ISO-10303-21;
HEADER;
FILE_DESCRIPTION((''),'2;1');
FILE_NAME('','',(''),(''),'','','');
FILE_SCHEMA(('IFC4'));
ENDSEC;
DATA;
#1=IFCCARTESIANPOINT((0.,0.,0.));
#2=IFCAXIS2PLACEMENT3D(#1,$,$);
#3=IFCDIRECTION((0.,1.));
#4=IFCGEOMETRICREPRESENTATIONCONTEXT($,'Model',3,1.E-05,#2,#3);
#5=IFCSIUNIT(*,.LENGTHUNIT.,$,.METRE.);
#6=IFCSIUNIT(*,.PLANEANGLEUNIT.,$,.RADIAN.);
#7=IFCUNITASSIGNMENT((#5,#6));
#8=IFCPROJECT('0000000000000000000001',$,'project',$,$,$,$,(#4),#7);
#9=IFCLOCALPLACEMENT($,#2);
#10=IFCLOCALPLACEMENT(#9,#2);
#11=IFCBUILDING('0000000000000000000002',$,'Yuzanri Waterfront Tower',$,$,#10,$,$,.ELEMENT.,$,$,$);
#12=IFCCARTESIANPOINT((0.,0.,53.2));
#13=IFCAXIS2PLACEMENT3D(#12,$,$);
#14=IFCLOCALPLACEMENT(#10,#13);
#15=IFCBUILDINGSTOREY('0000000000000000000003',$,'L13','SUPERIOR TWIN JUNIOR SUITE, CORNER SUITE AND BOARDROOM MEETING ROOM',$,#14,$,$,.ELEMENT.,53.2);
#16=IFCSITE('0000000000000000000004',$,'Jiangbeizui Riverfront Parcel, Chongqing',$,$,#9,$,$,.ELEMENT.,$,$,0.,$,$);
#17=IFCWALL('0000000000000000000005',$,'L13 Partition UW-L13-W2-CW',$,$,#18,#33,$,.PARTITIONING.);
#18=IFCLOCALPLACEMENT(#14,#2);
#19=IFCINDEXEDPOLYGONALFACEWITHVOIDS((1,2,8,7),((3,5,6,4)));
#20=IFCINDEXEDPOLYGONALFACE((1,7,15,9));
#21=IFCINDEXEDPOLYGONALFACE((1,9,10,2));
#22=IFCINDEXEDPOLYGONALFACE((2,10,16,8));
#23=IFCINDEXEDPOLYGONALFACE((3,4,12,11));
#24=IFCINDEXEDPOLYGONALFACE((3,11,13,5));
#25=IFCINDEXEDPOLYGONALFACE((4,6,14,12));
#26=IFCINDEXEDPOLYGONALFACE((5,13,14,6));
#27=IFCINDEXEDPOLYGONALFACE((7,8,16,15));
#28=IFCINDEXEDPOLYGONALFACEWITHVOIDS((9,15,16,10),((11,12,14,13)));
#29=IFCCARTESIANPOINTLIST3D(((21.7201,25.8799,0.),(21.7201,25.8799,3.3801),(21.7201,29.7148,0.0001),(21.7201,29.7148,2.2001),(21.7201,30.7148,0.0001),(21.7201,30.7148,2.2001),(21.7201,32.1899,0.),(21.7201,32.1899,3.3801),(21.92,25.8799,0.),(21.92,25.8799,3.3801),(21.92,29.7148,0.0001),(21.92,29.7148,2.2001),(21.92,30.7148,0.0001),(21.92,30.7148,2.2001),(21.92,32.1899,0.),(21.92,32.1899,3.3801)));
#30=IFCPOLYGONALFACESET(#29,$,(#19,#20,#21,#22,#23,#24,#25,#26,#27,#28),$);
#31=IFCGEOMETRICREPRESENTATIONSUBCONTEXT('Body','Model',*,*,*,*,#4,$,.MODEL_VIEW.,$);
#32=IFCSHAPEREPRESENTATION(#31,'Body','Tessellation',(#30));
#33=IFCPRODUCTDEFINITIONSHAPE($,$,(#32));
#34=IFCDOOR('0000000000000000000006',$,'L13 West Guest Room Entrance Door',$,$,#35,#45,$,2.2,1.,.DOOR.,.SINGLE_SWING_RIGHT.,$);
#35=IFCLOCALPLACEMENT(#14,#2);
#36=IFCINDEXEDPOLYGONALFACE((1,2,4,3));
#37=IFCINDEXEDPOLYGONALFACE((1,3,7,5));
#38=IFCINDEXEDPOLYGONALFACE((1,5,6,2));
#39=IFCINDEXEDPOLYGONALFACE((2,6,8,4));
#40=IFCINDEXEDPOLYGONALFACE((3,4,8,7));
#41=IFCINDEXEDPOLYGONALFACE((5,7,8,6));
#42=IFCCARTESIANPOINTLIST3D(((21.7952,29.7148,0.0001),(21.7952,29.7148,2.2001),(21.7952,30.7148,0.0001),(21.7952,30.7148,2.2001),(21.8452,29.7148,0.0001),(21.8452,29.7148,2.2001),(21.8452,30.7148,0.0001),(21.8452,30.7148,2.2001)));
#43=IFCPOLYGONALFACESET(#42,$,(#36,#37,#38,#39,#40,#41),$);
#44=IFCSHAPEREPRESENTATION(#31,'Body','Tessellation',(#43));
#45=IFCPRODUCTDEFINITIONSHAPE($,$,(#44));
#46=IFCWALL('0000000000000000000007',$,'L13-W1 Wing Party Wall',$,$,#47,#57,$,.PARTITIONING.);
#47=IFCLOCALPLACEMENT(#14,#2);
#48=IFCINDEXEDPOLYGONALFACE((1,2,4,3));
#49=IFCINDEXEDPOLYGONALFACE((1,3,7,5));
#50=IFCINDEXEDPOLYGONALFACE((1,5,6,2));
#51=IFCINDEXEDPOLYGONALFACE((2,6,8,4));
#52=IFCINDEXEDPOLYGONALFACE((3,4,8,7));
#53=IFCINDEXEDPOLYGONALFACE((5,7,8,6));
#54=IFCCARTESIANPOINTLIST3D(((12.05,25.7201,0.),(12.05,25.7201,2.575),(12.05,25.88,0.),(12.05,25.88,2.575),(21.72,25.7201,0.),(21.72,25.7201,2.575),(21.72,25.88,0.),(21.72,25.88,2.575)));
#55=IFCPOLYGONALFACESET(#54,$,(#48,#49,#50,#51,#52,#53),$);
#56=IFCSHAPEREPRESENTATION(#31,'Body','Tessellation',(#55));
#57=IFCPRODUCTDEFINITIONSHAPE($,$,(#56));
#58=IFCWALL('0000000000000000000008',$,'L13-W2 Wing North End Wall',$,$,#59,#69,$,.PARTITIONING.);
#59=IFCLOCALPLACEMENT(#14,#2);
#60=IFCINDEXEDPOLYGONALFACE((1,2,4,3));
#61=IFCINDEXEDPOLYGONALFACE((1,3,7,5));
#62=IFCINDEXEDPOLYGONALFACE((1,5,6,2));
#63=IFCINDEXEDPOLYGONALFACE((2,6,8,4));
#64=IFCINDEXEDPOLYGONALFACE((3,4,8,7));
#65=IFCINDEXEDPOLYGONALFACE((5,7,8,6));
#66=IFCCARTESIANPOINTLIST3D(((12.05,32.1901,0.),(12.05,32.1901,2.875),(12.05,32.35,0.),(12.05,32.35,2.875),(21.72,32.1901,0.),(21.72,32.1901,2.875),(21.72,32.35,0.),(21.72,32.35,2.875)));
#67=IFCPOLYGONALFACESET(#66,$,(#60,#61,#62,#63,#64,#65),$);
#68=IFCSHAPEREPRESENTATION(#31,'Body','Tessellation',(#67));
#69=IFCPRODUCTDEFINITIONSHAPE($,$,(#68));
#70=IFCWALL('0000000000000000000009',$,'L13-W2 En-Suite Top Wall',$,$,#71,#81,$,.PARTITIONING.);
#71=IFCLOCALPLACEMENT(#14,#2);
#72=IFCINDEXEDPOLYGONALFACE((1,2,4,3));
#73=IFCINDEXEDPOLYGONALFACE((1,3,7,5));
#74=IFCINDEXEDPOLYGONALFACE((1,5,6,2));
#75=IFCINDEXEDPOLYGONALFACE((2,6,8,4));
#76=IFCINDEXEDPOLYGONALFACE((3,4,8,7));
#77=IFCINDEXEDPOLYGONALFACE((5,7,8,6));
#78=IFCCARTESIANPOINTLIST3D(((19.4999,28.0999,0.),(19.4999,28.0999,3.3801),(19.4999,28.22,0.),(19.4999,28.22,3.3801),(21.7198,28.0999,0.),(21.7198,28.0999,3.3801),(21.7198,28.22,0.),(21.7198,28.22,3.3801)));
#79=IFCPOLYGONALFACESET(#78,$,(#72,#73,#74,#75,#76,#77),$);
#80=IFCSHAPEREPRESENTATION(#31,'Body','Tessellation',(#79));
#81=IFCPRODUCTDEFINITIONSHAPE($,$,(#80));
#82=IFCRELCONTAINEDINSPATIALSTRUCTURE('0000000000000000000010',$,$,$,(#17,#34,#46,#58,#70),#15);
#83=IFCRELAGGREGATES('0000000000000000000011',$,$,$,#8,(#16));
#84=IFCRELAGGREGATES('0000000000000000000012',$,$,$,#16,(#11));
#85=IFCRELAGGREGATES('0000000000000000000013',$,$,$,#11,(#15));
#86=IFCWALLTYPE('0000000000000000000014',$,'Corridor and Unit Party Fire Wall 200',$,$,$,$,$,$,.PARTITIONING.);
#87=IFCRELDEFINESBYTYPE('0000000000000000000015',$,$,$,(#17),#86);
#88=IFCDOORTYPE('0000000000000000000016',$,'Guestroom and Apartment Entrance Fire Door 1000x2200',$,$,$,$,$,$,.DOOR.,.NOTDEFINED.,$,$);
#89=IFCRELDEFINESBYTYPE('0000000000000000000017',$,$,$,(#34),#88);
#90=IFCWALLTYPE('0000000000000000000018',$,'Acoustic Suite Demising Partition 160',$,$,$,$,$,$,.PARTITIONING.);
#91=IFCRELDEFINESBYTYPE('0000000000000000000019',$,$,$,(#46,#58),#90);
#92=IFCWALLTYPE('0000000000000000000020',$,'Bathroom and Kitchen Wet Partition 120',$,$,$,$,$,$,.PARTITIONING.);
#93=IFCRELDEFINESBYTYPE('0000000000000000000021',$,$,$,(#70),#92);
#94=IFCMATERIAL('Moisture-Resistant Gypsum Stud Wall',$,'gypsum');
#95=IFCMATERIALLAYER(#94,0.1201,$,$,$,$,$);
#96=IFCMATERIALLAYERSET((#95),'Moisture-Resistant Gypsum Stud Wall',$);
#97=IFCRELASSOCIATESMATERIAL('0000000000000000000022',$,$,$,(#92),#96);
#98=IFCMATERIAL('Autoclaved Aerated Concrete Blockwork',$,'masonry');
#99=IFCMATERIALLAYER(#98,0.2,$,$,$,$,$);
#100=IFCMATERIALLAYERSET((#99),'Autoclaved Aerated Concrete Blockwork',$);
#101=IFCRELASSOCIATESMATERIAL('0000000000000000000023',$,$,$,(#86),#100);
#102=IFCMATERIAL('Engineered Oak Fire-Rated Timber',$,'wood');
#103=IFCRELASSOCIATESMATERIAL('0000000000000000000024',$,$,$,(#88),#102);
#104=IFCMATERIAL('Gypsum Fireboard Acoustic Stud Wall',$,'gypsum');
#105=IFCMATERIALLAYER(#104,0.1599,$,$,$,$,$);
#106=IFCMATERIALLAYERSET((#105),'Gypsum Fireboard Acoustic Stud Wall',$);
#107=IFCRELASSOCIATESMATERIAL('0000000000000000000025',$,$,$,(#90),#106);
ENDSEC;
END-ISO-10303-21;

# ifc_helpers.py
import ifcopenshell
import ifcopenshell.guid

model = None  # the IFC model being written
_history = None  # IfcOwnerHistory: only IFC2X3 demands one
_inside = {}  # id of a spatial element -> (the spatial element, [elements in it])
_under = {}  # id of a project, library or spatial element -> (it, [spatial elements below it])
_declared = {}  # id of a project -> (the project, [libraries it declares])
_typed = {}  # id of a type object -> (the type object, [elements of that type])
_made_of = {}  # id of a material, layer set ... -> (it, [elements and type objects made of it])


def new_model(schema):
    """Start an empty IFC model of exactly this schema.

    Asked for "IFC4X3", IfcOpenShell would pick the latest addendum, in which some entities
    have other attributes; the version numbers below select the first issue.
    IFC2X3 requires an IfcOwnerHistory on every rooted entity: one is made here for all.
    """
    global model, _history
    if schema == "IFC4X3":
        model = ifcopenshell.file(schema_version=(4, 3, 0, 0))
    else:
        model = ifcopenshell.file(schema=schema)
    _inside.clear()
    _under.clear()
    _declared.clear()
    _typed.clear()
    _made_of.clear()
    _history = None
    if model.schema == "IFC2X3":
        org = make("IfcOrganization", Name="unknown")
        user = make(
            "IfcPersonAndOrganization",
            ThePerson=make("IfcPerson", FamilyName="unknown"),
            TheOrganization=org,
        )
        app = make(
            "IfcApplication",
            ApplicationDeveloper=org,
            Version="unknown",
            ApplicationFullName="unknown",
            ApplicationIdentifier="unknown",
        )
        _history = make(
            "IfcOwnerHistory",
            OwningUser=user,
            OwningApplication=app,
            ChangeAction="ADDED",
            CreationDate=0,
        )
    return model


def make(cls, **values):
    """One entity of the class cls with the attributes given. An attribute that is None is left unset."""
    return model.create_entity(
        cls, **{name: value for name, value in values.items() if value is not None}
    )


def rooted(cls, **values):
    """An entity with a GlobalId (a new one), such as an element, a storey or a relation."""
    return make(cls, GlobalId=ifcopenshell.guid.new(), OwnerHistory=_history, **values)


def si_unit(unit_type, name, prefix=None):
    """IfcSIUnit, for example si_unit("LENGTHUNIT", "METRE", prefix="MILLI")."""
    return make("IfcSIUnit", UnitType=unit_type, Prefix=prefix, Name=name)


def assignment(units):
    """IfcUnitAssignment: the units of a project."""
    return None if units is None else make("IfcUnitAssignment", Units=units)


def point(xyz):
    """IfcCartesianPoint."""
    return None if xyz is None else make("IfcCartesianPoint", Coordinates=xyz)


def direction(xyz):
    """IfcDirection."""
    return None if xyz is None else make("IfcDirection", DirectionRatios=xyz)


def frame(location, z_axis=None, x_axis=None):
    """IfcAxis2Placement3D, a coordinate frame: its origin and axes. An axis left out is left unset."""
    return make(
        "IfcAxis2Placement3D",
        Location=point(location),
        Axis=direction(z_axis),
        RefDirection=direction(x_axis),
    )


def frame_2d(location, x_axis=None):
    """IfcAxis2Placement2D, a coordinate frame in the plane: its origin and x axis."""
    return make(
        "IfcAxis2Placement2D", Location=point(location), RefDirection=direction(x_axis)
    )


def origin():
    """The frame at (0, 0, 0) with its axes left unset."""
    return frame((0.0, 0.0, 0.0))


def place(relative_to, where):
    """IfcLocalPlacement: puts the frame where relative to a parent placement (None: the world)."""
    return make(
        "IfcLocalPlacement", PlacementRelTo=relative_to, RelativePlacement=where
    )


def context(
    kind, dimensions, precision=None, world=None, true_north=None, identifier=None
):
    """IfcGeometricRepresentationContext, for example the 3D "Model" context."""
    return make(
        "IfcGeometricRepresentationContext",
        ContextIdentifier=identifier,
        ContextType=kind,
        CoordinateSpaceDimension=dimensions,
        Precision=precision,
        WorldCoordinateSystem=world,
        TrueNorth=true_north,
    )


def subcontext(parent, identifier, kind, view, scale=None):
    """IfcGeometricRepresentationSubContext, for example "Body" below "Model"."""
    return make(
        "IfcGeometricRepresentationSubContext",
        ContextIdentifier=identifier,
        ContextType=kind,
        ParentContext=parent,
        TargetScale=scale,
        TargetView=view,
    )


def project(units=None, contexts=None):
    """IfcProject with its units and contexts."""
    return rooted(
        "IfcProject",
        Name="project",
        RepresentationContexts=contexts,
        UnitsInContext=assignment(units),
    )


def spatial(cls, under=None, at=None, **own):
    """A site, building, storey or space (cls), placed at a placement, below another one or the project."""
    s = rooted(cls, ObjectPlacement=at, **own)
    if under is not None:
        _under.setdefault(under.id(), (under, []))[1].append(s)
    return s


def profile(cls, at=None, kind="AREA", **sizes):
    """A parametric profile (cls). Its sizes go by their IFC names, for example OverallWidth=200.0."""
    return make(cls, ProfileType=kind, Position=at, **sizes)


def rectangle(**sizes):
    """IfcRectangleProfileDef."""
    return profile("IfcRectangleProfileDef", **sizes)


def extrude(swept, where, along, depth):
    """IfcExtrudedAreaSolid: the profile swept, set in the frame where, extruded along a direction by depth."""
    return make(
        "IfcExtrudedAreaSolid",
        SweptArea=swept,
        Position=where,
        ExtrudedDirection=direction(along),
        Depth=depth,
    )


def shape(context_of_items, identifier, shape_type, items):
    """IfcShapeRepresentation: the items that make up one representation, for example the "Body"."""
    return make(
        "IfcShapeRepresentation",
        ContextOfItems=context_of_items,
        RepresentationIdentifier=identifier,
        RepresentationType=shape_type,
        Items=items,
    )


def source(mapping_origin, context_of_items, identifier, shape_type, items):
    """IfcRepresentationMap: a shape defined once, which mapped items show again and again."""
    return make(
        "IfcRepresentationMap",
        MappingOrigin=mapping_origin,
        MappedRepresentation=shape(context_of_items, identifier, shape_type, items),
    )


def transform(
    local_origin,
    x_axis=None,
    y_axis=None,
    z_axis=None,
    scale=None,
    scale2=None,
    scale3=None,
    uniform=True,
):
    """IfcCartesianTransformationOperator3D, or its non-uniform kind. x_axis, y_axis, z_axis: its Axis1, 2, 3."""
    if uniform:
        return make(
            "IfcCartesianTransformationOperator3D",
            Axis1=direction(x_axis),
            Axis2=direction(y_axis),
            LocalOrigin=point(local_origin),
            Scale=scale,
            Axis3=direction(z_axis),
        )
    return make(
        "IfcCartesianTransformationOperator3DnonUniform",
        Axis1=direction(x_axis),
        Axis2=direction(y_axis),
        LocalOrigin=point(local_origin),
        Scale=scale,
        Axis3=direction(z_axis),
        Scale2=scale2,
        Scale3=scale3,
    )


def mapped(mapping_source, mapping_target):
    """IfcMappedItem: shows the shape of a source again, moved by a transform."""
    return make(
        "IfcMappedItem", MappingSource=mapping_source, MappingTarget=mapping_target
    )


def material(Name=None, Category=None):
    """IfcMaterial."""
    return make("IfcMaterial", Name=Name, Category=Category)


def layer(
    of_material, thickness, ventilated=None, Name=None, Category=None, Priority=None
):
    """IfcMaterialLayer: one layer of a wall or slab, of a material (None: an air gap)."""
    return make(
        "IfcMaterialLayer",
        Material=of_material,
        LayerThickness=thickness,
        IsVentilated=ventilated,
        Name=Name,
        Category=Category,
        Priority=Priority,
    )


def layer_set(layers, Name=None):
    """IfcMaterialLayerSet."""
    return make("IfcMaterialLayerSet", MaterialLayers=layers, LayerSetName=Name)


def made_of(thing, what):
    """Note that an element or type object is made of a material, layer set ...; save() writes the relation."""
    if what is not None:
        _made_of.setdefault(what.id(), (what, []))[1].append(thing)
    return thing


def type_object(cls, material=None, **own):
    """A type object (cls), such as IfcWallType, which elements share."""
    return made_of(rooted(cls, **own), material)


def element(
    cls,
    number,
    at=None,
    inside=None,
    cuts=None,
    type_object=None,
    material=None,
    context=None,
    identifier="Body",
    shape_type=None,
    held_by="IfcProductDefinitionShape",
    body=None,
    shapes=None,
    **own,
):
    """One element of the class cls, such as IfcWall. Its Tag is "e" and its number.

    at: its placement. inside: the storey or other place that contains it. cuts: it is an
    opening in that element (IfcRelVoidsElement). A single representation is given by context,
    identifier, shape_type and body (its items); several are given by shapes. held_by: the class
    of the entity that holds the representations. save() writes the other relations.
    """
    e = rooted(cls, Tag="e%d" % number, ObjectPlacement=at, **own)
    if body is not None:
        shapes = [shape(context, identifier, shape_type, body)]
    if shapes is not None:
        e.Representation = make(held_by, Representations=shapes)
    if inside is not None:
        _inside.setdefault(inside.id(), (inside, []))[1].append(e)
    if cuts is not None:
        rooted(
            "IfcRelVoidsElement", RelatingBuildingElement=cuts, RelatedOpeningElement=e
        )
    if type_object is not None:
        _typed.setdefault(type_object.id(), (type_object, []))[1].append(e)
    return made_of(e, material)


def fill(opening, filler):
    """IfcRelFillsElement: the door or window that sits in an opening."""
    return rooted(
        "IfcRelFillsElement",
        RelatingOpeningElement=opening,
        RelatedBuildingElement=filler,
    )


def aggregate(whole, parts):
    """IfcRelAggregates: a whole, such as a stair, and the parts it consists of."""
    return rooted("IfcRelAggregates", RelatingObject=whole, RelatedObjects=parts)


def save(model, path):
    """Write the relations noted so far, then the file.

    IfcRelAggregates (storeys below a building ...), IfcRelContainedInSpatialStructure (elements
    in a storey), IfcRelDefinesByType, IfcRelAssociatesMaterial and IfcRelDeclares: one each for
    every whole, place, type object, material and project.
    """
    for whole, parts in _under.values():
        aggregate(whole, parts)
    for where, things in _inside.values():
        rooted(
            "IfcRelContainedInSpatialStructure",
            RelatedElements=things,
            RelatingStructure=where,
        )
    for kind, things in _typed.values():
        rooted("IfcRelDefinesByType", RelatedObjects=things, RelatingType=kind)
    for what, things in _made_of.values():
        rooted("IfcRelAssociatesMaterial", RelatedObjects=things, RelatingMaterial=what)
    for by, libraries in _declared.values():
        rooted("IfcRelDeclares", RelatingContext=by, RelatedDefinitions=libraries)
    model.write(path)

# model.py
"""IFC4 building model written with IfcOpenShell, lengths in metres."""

from ifc_helpers import new_model, si_unit, direction, frame, frame_2d, origin, place, context, subcontext, project, spatial, rectangle, extrude, source, transform, mapped, material, layer, layer_set, type_object, element, fill, save


model = new_model("IFC4")

# Units and contexts
model_context = context("Model", 3, precision=1e-05, world=origin(), true_north=direction((0.0, 1.0)))
body_context = subcontext(model_context, "Body", "Model", "MODEL_VIEW")
ifc_project = project(units=[si_unit("LENGTHUNIT", "METRE"), si_unit("PLANEANGLEUNIT", "RADIAN")], contexts=[model_context])

# Site, building, storey
site_placement = place(None, origin())
site = spatial("IfcSite", under=ifc_project, at=site_placement, Name="Jiangbeizui Riverfront Parcel, Chongqing", CompositionType="ELEMENT", RefElevation=0.0)
building_placement = place(site_placement, origin())
building = spatial("IfcBuilding", under=site, at=building_placement, Name="Yuzanri Waterfront Tower", CompositionType="ELEMENT")
storey_placement = place(building_placement, frame((0.0, 0.0, 53.2)))
storey = spatial("IfcBuildingStorey", under=building, at=storey_placement, Name="L13", Description="SUPERIOR TWIN JUNIOR SUITE, CORNER SUITE AND BOARDROOM MEETING ROOM", CompositionType="ELEMENT", Elevation=53.2)

# Shared definitions
ifc_material_1 = material(Name="Moisture-Resistant Gypsum Stud Wall", Category="gypsum")
ifc_layer_1 = layer(ifc_material_1, 0.1201)
ifc_layer_set_1 = layer_set([ifc_layer_1], Name="Moisture-Resistant Gypsum Stud Wall")
wall_type_1 = type_object("IfcWallType", Name="Bathroom and Kitchen Wet Partition 120", PredefinedType="PARTITIONING", material=ifc_layer_set_1)

# Wall, opening, door
ifc_material_2 = material(Name="Autoclaved Aerated Concrete Blockwork", Category="masonry")
ifc_layer_2 = layer(ifc_material_2, 0.2)
ifc_layer_set_2 = layer_set([ifc_layer_2], Name="Autoclaved Aerated Concrete Blockwork")
wall_type_2 = type_object("IfcWallType", Name="Corridor and Unit Party Fire Wall 200", PredefinedType="PARTITIONING", material=ifc_layer_set_2)
ifc_material_3 = material(Name="Engineered Oak Fire-Rated Timber", Category="wood")
door_type_1 = type_object("IfcDoorType", Name="Guestroom and Apartment Entrance Fire Door 1000x2200", OperationType="NOTDEFINED", PredefinedType="DOOR", material=ifc_material_3)
shared_shape_1 = source(origin(), body_context, "Body", "SweptSolid", [
    extrude(rectangle(XDim=1.0, YDim=2.2, at=frame_2d((0.5, 1.1001))), frame((0.0, 0.0249, 0.0), z_axis=(0.0, -1.0, 0.0), x_axis=(1.0, 0.0, 0.0)), (0.0, 0.0, 1.0), 0.05),
])
wall_1_placement = place(storey_placement, frame((21.8201, 25.8799, 0.0), z_axis=(0.0, 0.0, 1.0), x_axis=(0.0, 1.0, 0.0)))
wall_1 = element("IfcWall", 1, at=wall_1_placement, inside=storey, type_object=wall_type_2, Name="L13 Partition UW-L13-W2-CW", PredefinedType="PARTITIONING", context=body_context, shape_type="SweptSolid", body=[
    extrude(rectangle(XDim=6.3101, YDim=0.2, at=frame_2d((3.155, 0.0))), origin(), (0.0, 0.0, 1.0), 3.3801),
])
opening_1_placement = place(wall_1_placement, frame((3.835, 0.0, 0.0)))
opening_1 = element("IfcOpeningElement", 2, at=opening_1_placement, cuts=wall_1, PredefinedType="OPENING", context=body_context, shape_type="SweptSolid", body=[
    extrude(rectangle(XDim=1.0, YDim=2.2, at=frame_2d((0.5, 1.1001))), frame((0.0, 0.1147, 0.0), z_axis=(0.0, -1.0, 0.0), x_axis=(1.0, 0.0, 0.0)), (0.0, 0.0, 1.0), 0.2297),
])
door_1_placement = place(opening_1_placement, origin())
door_1 = element("IfcDoor", 3, at=door_1_placement, inside=storey, type_object=door_type_1, Name="L13 West Guest Room Entrance Door", OperationType="SINGLE_SWING_RIGHT", OverallHeight=2.2, OverallWidth=1.0, PredefinedType="DOOR", context=body_context, shape_type="MappedRepresentation", body=[
    mapped(shared_shape_1, transform((0.0, 0.0, 0.0), scale=1.0)),
])
fill(opening_1, door_1)

# Walls
ifc_material_4 = material(Name="Gypsum Fireboard Acoustic Stud Wall", Category="gypsum")
ifc_layer_3 = layer(ifc_material_4, 0.1599)
ifc_layer_set_3 = layer_set([ifc_layer_3], Name="Gypsum Fireboard Acoustic Stud Wall")
wall_type_3 = type_object("IfcWallType", Name="Acoustic Suite Demising Partition 160", PredefinedType="PARTITIONING", material=ifc_layer_set_3)
shared_shape_2 = source(origin(), body_context, "Body", "SweptSolid", [
    extrude(rectangle(XDim=9.6699, YDim=0.1599, at=frame_2d((4.835, 0.0))), origin(), (0.0, 0.0, 1.0), 2.575),
])
wall_2_placement = place(storey_placement, frame((12.05, 25.8, 0.0), z_axis=(0.0, 0.0, 1.0), x_axis=(1.0, 0.0, 0.0)))
element("IfcWall", 4, at=wall_2_placement, inside=storey, type_object=wall_type_3, Name="L13-W1 Wing Party Wall", PredefinedType="PARTITIONING", context=body_context, shape_type="MappedRepresentation", body=[
    mapped(shared_shape_2, transform((0.0, 0.0, 0.0), scale=1.0)),
])
shared_shape_3 = source(origin(), body_context, "Body", "SweptSolid", [
    extrude(rectangle(XDim=9.6699, YDim=0.1599, at=frame_2d((4.835, 0.0))), origin(), (0.0, 0.0, 1.0), 2.875),
])
wall_3_placement = place(storey_placement, frame((12.05, 32.27, 0.0), z_axis=(0.0, 0.0, 1.0), x_axis=(1.0, 0.0, 0.0)))
element("IfcWall", 5, at=wall_3_placement, inside=storey, type_object=wall_type_3, Name="L13-W2 Wing North End Wall", PredefinedType="PARTITIONING", context=body_context, shape_type="MappedRepresentation", body=[
    mapped(shared_shape_3, transform((0.0, 0.0, 0.0), scale=1.0)),
])
shared_shape_4 = source(origin(), body_context, "Body", "SweptSolid", [
    extrude(rectangle(XDim=2.22, YDim=0.1201, at=frame_2d((1.1099, 0.0))), origin(), (0.0, 0.0, 1.0), 3.3801),
])
wall_4_placement = place(storey_placement, frame((19.5, 28.1599, 0.0), z_axis=(0.0, 0.0, 1.0), x_axis=(1.0, 0.0, 0.0)))
element("IfcWall", 6, at=wall_4_placement, inside=storey, type_object=wall_type_1, Name="L13-W2 En-Suite Top Wall", PredefinedType="PARTITIONING", context=body_context, shape_type="MappedRepresentation", body=[
    mapped(shared_shape_4, transform((0.0, 0.0, 0.0), scale=1.0)),
])

save(model, "model.ifc")
